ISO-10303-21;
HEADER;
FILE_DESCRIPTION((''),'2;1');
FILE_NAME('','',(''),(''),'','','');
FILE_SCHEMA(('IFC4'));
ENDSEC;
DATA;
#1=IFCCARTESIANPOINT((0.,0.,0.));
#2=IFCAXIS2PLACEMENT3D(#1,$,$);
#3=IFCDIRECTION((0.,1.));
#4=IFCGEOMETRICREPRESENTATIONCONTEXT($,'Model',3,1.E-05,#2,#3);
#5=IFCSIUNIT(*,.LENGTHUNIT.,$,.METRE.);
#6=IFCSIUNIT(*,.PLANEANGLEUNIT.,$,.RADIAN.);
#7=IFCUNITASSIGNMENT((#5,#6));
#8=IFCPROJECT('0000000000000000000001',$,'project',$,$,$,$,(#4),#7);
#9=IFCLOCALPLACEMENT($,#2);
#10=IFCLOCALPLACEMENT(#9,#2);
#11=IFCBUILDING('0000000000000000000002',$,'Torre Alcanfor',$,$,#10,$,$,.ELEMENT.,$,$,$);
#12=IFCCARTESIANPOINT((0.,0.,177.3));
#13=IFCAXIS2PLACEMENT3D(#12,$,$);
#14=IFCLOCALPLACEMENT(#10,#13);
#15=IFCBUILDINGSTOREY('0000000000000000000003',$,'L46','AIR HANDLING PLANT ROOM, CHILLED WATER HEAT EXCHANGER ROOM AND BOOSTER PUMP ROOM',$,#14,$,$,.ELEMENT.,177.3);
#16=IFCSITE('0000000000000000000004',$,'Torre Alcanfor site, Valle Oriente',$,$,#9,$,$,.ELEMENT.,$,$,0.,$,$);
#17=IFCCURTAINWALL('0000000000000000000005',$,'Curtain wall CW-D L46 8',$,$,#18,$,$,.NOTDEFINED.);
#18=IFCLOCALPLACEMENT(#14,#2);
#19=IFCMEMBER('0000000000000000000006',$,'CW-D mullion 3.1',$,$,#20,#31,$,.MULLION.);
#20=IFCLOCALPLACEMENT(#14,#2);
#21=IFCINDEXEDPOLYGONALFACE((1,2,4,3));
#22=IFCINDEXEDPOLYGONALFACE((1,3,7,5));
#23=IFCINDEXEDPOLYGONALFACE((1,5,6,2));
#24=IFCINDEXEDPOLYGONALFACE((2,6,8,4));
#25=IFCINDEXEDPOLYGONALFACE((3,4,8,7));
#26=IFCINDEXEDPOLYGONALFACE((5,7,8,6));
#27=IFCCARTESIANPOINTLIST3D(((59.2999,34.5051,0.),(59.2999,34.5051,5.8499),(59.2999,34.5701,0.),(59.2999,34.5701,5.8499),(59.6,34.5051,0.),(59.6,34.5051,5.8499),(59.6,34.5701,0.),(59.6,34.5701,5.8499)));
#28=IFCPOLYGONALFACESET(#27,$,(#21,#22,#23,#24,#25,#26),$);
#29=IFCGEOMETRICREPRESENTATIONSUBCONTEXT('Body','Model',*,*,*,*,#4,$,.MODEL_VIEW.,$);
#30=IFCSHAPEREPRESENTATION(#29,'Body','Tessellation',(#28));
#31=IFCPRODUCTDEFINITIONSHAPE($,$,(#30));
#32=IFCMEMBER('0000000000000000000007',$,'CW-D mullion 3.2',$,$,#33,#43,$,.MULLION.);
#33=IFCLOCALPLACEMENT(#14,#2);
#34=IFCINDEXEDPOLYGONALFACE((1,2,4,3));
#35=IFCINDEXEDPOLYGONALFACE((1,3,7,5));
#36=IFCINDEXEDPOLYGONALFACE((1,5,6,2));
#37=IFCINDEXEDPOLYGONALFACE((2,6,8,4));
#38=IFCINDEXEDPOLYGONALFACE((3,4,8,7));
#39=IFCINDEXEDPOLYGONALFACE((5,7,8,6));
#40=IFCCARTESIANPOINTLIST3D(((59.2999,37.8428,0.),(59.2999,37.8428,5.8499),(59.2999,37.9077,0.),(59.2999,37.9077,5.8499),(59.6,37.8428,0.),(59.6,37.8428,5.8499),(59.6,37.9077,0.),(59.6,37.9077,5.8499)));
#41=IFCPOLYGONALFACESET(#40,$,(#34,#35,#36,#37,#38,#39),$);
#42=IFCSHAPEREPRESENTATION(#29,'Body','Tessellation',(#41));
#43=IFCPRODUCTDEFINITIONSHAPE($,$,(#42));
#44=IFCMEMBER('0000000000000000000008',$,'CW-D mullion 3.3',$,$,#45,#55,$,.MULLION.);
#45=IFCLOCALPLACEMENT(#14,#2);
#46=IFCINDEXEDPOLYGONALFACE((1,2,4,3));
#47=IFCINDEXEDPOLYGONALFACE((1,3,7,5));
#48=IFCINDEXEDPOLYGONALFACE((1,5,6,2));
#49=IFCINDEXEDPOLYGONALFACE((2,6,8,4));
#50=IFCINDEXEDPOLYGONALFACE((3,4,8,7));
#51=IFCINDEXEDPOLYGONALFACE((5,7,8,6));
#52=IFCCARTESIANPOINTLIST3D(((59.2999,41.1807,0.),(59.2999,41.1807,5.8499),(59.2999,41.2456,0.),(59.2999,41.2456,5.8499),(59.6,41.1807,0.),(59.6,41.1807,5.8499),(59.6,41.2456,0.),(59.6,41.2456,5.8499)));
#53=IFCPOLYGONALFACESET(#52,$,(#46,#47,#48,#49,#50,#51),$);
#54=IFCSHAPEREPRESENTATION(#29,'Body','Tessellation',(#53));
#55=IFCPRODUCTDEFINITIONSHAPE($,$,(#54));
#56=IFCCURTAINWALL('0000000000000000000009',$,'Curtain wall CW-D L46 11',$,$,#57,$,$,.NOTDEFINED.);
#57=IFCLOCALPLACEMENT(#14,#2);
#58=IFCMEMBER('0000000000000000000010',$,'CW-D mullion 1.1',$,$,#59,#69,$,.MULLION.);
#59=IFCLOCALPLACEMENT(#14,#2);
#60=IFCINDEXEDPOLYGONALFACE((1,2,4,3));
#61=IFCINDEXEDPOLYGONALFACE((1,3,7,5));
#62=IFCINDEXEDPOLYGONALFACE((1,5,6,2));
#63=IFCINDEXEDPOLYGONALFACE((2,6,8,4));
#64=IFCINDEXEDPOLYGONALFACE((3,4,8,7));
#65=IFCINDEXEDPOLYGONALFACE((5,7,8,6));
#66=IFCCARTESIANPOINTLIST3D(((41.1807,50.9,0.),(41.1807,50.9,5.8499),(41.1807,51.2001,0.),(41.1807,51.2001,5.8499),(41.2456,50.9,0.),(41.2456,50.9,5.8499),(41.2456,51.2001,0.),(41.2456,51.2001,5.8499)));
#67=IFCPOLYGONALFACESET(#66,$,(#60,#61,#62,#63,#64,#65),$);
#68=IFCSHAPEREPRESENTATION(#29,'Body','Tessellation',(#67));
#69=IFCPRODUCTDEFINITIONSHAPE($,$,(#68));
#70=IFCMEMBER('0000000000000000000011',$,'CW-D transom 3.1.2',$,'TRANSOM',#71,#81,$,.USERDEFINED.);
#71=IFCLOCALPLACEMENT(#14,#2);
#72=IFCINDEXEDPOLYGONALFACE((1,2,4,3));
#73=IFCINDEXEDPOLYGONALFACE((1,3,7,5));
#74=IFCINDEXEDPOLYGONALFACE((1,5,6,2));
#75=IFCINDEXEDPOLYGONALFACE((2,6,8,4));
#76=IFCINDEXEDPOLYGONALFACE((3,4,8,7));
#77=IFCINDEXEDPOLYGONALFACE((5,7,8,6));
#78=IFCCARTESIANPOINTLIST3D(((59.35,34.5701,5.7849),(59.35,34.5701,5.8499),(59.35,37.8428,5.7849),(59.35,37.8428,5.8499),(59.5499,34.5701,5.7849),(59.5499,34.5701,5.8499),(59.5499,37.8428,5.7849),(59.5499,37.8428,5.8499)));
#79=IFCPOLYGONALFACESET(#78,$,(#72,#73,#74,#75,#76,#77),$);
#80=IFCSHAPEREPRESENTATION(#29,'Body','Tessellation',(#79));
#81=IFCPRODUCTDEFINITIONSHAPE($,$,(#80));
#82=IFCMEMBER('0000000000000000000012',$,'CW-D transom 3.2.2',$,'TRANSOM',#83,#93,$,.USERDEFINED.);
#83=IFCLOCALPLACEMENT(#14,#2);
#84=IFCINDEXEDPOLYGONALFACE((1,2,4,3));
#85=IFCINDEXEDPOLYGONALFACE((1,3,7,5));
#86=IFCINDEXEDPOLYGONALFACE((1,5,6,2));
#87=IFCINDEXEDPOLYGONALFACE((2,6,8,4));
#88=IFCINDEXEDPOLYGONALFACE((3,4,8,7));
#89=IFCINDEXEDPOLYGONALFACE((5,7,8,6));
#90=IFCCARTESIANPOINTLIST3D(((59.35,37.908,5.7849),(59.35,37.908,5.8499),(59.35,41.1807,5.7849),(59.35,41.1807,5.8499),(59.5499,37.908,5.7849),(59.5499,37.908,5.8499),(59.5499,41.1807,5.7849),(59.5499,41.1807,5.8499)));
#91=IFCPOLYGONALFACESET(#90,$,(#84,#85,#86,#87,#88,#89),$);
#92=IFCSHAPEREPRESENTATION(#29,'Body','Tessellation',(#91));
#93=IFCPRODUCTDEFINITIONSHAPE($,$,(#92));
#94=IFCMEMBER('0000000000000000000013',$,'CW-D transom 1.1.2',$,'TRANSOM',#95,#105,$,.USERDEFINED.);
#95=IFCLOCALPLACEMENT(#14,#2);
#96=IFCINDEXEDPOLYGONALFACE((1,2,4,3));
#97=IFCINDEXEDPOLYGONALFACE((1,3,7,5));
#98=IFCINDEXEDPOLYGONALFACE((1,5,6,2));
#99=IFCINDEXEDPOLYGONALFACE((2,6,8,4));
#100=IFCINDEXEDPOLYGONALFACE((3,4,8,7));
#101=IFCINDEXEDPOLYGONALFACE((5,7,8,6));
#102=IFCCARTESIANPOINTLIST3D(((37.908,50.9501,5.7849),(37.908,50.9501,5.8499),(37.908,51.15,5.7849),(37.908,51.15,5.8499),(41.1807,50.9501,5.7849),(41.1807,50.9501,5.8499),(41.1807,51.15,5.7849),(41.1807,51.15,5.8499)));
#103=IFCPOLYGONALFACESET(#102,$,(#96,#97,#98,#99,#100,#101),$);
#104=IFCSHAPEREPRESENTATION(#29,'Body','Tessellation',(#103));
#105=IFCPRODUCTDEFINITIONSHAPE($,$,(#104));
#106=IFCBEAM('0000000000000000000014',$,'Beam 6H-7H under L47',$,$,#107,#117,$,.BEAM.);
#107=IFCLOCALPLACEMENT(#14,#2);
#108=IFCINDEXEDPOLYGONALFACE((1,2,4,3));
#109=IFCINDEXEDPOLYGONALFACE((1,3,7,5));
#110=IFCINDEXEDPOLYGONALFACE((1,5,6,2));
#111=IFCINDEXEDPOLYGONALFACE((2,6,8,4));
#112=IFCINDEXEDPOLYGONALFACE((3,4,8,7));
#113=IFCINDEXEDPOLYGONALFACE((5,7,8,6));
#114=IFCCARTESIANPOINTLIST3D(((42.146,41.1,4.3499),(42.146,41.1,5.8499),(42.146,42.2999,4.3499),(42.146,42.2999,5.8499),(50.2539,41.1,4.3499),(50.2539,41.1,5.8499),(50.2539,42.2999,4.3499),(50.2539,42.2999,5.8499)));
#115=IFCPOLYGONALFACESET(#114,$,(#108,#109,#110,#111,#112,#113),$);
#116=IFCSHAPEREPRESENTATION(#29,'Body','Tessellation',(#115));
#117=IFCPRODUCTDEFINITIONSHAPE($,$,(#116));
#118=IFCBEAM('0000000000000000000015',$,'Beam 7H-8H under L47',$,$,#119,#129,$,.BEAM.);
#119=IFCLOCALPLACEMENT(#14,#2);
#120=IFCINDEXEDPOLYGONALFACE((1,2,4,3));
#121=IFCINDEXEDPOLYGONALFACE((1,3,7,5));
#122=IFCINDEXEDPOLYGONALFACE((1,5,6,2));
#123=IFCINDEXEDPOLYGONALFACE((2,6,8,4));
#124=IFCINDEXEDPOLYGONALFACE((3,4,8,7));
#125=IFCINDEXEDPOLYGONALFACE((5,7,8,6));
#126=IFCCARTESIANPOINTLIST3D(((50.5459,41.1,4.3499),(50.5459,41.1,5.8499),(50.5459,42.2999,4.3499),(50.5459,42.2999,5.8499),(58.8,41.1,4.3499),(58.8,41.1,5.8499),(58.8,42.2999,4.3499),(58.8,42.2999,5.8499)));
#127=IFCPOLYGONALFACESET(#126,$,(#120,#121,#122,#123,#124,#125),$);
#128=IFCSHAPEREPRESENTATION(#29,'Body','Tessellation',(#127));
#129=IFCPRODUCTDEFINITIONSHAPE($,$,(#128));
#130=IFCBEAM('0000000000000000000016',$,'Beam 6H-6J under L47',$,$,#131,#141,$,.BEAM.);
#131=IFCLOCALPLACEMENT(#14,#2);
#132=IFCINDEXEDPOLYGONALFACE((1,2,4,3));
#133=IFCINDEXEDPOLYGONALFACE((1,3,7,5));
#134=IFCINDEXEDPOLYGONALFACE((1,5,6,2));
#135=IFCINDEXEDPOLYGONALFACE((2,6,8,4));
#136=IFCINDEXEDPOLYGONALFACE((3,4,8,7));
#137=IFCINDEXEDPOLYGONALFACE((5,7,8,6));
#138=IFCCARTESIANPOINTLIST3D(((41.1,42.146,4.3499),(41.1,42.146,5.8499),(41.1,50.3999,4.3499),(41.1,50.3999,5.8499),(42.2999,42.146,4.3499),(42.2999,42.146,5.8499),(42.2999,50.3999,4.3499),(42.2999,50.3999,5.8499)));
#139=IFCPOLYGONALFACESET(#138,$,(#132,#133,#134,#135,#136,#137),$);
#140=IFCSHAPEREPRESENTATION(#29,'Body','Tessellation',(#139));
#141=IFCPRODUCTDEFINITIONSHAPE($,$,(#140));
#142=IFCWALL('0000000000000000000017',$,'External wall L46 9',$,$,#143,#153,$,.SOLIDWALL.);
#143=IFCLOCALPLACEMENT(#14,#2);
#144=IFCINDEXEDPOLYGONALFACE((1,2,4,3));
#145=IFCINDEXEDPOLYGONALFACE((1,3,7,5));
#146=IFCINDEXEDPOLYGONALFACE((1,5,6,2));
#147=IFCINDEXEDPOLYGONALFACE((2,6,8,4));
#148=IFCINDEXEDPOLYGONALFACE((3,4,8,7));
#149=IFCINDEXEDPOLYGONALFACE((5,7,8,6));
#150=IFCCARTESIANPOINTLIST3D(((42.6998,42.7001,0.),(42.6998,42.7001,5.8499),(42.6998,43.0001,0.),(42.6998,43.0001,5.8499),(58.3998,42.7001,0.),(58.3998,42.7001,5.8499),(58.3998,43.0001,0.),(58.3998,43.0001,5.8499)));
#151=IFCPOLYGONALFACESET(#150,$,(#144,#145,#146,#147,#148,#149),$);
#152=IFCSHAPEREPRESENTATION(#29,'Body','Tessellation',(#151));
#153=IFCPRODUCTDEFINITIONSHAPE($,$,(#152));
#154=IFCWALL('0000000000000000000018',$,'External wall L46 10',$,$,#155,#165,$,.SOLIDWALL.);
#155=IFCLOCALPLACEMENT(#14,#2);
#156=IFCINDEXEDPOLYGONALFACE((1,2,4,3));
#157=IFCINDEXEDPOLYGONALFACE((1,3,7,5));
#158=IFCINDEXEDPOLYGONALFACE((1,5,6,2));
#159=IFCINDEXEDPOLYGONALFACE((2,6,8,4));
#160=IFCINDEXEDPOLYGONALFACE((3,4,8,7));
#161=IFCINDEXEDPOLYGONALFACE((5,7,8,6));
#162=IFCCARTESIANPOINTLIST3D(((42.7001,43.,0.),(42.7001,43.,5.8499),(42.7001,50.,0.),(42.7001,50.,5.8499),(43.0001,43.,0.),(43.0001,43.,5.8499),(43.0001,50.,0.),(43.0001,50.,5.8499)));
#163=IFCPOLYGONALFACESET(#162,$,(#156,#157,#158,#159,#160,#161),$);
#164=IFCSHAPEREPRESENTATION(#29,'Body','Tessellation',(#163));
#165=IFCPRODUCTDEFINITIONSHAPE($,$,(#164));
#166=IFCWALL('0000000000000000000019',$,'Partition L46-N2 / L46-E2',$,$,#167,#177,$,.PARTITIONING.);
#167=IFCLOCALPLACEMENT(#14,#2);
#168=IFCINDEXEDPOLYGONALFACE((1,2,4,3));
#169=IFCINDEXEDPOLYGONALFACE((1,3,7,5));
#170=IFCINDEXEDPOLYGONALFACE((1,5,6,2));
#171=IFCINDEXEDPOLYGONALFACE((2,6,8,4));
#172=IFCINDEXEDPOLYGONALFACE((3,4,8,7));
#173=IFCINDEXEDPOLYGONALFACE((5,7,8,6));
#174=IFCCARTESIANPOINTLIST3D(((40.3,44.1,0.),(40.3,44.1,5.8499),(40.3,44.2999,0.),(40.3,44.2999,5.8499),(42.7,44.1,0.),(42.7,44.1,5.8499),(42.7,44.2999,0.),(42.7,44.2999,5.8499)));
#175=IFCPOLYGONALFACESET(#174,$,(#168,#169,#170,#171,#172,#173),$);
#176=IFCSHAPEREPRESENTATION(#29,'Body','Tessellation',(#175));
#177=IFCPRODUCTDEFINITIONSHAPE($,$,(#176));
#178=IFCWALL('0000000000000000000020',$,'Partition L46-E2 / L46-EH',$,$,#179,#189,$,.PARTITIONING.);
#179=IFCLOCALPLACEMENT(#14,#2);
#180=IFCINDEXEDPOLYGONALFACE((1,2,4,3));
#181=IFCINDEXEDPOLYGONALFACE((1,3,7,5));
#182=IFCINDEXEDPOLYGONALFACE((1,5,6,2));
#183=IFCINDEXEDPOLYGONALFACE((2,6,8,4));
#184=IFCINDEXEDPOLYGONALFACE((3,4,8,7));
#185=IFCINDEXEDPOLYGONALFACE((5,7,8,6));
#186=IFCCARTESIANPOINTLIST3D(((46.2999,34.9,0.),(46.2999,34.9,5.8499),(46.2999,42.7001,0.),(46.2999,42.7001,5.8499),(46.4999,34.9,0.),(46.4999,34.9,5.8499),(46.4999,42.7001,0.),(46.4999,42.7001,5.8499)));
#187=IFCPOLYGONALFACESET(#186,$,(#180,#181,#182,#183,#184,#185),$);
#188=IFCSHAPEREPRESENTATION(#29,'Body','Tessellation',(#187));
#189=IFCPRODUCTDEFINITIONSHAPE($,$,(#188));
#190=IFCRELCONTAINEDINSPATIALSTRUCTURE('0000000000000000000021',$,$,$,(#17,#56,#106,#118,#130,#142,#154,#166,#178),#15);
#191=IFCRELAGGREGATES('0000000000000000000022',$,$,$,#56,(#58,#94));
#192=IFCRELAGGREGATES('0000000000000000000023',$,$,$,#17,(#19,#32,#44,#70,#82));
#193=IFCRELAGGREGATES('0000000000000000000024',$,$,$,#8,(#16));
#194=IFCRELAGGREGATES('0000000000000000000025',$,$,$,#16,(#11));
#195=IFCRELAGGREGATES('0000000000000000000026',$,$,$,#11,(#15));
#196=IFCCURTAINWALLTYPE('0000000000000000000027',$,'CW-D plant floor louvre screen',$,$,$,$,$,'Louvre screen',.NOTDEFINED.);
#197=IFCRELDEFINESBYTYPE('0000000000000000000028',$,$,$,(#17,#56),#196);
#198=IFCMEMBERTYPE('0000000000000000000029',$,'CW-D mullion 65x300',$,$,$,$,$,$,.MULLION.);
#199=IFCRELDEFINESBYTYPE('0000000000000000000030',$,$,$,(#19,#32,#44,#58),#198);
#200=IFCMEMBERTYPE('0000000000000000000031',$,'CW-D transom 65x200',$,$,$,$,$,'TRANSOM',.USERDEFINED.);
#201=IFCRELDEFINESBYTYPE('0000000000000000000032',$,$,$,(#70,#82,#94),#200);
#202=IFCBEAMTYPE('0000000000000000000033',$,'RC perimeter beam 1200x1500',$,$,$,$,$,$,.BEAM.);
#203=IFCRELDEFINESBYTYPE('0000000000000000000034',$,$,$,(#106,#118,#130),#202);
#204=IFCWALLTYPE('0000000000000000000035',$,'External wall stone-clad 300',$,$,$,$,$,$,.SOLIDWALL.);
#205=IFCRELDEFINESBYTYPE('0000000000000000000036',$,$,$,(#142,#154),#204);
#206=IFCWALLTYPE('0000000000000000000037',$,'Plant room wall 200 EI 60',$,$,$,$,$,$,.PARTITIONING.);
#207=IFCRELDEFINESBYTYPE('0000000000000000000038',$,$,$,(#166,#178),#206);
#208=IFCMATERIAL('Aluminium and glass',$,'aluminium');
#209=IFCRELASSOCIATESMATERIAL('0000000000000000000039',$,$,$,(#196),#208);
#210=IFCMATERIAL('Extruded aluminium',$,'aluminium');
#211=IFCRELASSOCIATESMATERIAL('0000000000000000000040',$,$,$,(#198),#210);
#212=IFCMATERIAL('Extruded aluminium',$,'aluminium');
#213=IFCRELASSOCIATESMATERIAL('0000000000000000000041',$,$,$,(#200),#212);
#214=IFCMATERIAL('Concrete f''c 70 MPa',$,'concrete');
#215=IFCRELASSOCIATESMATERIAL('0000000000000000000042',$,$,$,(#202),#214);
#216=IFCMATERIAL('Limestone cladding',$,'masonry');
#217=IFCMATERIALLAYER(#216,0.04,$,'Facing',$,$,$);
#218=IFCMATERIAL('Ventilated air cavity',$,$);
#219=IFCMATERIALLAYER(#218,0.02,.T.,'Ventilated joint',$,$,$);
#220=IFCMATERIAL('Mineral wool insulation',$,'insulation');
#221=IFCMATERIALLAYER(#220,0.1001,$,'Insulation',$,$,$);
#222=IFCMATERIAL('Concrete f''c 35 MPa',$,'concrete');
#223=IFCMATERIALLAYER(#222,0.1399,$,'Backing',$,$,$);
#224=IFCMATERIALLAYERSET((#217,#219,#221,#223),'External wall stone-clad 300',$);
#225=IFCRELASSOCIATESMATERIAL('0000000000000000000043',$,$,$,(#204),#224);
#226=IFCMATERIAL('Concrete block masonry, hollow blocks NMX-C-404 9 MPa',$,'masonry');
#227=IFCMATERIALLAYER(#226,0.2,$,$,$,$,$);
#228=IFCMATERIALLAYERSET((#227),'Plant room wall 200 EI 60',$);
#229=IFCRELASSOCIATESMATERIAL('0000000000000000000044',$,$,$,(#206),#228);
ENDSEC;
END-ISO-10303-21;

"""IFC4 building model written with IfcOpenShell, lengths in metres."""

from ifc_helpers import new_model, si_unit, direction, frame, frame_2d, origin, origin_2d, place, context, subcontext, project, spatial, rectangle, extrude, material, layer, layer_set, material_profile, profile_set, type_object, element, aggregate, save


model = new_model("IFC4")

# Units and contexts
model_context = context("Model", 3, precision=1e-05, world=origin(), true_north=direction((0.0, 1.0)))
body_context = subcontext(model_context, "Body", "Model", "MODEL_VIEW")
ifc_project = project(units=[si_unit("LENGTHUNIT", "METRE"), si_unit("PLANEANGLEUNIT", "RADIAN")], contexts=[model_context])

# Site, building, storey
site_placement = place(None, origin())
site = spatial("IfcSite", under=ifc_project, at=site_placement, Name="Torre Alcanfor site, Valle Oriente", CompositionType="ELEMENT", RefElevation=0.0)
building_placement = place(site_placement, origin())
building = spatial("IfcBuilding", under=site, at=building_placement, Name="Torre Alcanfor", CompositionType="ELEMENT")
storey_placement = place(building_placement, frame((0.0, 0.0, 177.3)))
storey = spatial("IfcBuildingStorey", under=building, at=storey_placement, Name="L46", Description="AIR HANDLING PLANT ROOM, CHILLED WATER HEAT EXCHANGER ROOM AND BOOSTER PUMP ROOM", CompositionType="ELEMENT", Elevation=177.3)

# Curtain wall, members
ifc_material_1 = material(Name="Aluminium and glass", Category="aluminium")
curtain_wall_type = type_object("IfcCurtainWallType", Name="CW-D plant floor louvre screen", ElementType="Louvre screen", PredefinedType="NOTDEFINED", material=ifc_material_1)
curtain_wall_1_placement = place(storey_placement, origin())
curtain_wall_1 = element("IfcCurtainWall", 1, at=curtain_wall_1_placement, inside=storey, type_object=curtain_wall_type, Name="Curtain wall CW-D L46 8", PredefinedType="NOTDEFINED")
ifc_material_2 = material(Name="Extruded aluminium", Category="aluminium")
ifc_material_profile_1 = material_profile(ifc_material_2, rectangle(XDim=0.3, YDim=0.0649, at=origin_2d()), Name="CW-D mullion 65x300")
ifc_profile_set_1 = profile_set([ifc_material_profile_1], Name="Extruded aluminium")
member_type_1 = type_object("IfcMemberType", Name="CW-D mullion 65x300", PredefinedType="MULLION", material=ifc_profile_set_1)
member_1_placement = place(storey_placement, frame((59.45, 34.5376, 0.0), z_axis=(0.0, 0.0, 1.0), x_axis=(-1.0, 0.0, 0.0)))
member_1 = element("IfcMember", 2, at=member_1_placement, type_object=member_type_1, Name="CW-D mullion 3.1", PredefinedType="MULLION", context=body_context, shape_type="SweptSolid", body=[
    extrude(rectangle(XDim=0.3, YDim=0.0649, at=origin_2d()), origin(), (0.0, 0.0, 1.0), 5.8499),
])
member_2_placement = place(storey_placement, frame((59.45, 37.8752, 0.0), z_axis=(0.0, 0.0, 1.0), x_axis=(-1.0, 0.0, 0.0)))
member_2 = element("IfcMember", 3, at=member_2_placement, type_object=member_type_1, Name="CW-D mullion 3.2", PredefinedType="MULLION", context=body_context, shape_type="SweptSolid", body=[
    extrude(rectangle(XDim=0.3, YDim=0.0649, at=origin_2d()), origin(), (0.0, 0.0, 1.0), 5.8499),
])
member_3_placement = place(storey_placement, frame((59.45, 41.2131, 0.0), z_axis=(0.0, 0.0, 1.0), x_axis=(-1.0, 0.0, 0.0)))
member_3 = element("IfcMember", 4, at=member_3_placement, type_object=member_type_1, Name="CW-D mullion 3.3", PredefinedType="MULLION", context=body_context, shape_type="SweptSolid", body=[
    extrude(rectangle(XDim=0.3, YDim=0.0649, at=origin_2d()), origin(), (0.0, 0.0, 1.0), 5.8499),
])

# Curtain wall, member
curtain_wall_2_placement = place(storey_placement, origin())
curtain_wall_2 = element("IfcCurtainWall", 5, at=curtain_wall_2_placement, inside=storey, type_object=curtain_wall_type, Name="Curtain wall CW-D L46 11", PredefinedType="NOTDEFINED")
member_4_placement = place(storey_placement, frame((41.2131, 51.05, 0.0), z_axis=(0.0, 0.0, 1.0), x_axis=(0.0, -1.0, 0.0)))
member_4 = element("IfcMember", 6, at=member_4_placement, type_object=member_type_1, Name="CW-D mullion 1.1", PredefinedType="MULLION", context=body_context, shape_type="SweptSolid", body=[
    extrude(rectangle(XDim=0.3, YDim=0.0649, at=origin_2d()), origin(), (0.0, 0.0, 1.0), 5.8499),
])

# Members
ifc_material_3 = material(Name="Extruded aluminium", Category="aluminium")
ifc_material_profile_2 = material_profile(ifc_material_3, rectangle(XDim=0.2, YDim=0.0649, at=origin_2d()), Name="CW-D transom 200x65")
ifc_profile_set_2 = profile_set([ifc_material_profile_2], Name="Extruded aluminium")
member_type_2 = type_object("IfcMemberType", Name="CW-D transom 65x200", ElementType="TRANSOM", PredefinedType="USERDEFINED", material=ifc_profile_set_2)
member_5_placement = place(storey_placement, frame((59.45, 34.5701, 5.8174), z_axis=(0.0, 1.0, 0.0), x_axis=(-1.0, 0.0, 0.0)))
member_5 = element("IfcMember", 7, at=member_5_placement, type_object=member_type_2, Name="CW-D transom 3.1.2", ObjectType="TRANSOM", PredefinedType="USERDEFINED", context=body_context, shape_type="SweptSolid", body=[
    extrude(rectangle(XDim=0.2, YDim=0.0649, at=origin_2d()), origin(), (0.0, 0.0, 1.0), 3.2727),
])
member_6_placement = place(storey_placement, frame((59.45, 37.908, 5.8174), z_axis=(0.0, 1.0, 0.0), x_axis=(-1.0, 0.0, 0.0)))
member_6 = element("IfcMember", 8, at=member_6_placement, type_object=member_type_2, Name="CW-D transom 3.2.2", ObjectType="TRANSOM", PredefinedType="USERDEFINED", context=body_context, shape_type="SweptSolid", body=[
    extrude(rectangle(XDim=0.2, YDim=0.0649, at=origin_2d()), origin(), (0.0, 0.0, 1.0), 3.2727),
])
member_7_placement = place(storey_placement, frame((41.1807, 51.05, 5.8174), z_axis=(-1.0, 0.0, 0.0), x_axis=(0.0, -1.0, 0.0)))
member_7 = element("IfcMember", 9, at=member_7_placement, type_object=member_type_2, Name="CW-D transom 1.1.2", ObjectType="TRANSOM", PredefinedType="USERDEFINED", context=body_context, shape_type="SweptSolid", body=[
    extrude(rectangle(XDim=0.2, YDim=0.0649, at=origin_2d()), origin(), (0.0, 0.0, 1.0), 3.2727),
])
aggregate(curtain_wall_2, [member_4, member_7])

# Beams
ifc_material_4 = material(Name="Concrete f'c 70 MPa", Category="concrete")
ifc_material_profile_3 = material_profile(ifc_material_4, rectangle(XDim=1.2, YDim=1.5, at=origin_2d()), Name="1200x1500")
ifc_profile_set_3 = profile_set([ifc_material_profile_3], Name="Concrete f'c 70 MPa")
beam_type = type_object("IfcBeamType", Name="RC perimeter beam 1200x1500", PredefinedType="BEAM", material=ifc_profile_set_3)
beam_1_placement = place(storey_placement, frame((42.146, 41.7, 5.0999), z_axis=(1.0, 0.0, 0.0), x_axis=(0.0, 1.0, 0.0)))
element("IfcBeam", 10, at=beam_1_placement, inside=storey, type_object=beam_type, Name="Beam 6H-7H under L47", PredefinedType="BEAM", context=body_context, shape_type="SweptSolid", body=[
    extrude(rectangle(XDim=1.2, YDim=1.5, at=origin_2d()), origin(), (0.0, 0.0, 1.0), 8.1079),
])
beam_2_placement = place(storey_placement, frame((50.5459, 41.7, 5.0999), z_axis=(1.0, 0.0, 0.0), x_axis=(0.0, 1.0, 0.0)))
element("IfcBeam", 11, at=beam_2_placement, inside=storey, type_object=beam_type, Name="Beam 7H-8H under L47", PredefinedType="BEAM", context=body_context, shape_type="SweptSolid", body=[
    extrude(rectangle(XDim=1.2, YDim=1.5, at=origin_2d()), origin(), (0.0, 0.0, 1.0), 8.2542),
])
beam_3_placement = place(storey_placement, frame((41.7, 42.146, 5.0999), z_axis=(0.0, 1.0, 0.0), x_axis=(-1.0, 0.0, 0.0)))
element("IfcBeam", 12, at=beam_3_placement, inside=storey, type_object=beam_type, Name="Beam 6H-6J under L47", PredefinedType="BEAM", context=body_context, shape_type="SweptSolid", body=[
    extrude(rectangle(XDim=1.2, YDim=1.5, at=origin_2d()), origin(), (0.0, 0.0, 1.0), 8.2539),
])

# Walls
ifc_material_5 = material(Name="Limestone cladding", Category="masonry")
ifc_layer_1 = layer(ifc_material_5, 0.04, Name="Facing")
ifc_material_6 = material(Name="Ventilated air cavity")
ifc_layer_2 = layer(ifc_material_6, 0.02, ventilated=True, Name="Ventilated joint")
ifc_material_7 = material(Name="Mineral wool insulation", Category="insulation")
ifc_layer_3 = layer(ifc_material_7, 0.1001, Name="Insulation")
ifc_material_8 = material(Name="Concrete f'c 35 MPa", Category="concrete")
ifc_layer_4 = layer(ifc_material_8, 0.1399, Name="Backing")
ifc_layer_set_1 = layer_set([ifc_layer_1, ifc_layer_2, ifc_layer_3, ifc_layer_4], Name="External wall stone-clad 300")
wall_type_1 = type_object("IfcWallType", Name="External wall stone-clad 300", PredefinedType="SOLIDWALL", material=ifc_layer_set_1)
wall_1_placement = place(storey_placement, frame((58.3999, 42.8501, 0.0), z_axis=(0.0, 0.0, 1.0), x_axis=(-1.0, 0.0, 0.0)))
element("IfcWall", 13, at=wall_1_placement, inside=storey, type_object=wall_type_1, Name="External wall L46 9", PredefinedType="SOLIDWALL", context=body_context, shape_type="SweptSolid", body=[
    extrude(rectangle(XDim=15.7, YDim=0.3, at=frame_2d((7.8501, 0.0))), origin(), (0.0, 0.0, 1.0), 5.8499),
])
wall_2_placement = place(storey_placement, frame((42.8501, 43.0, 0.0), z_axis=(0.0, 0.0, 1.0), x_axis=(0.0, 1.0, 0.0)))
element("IfcWall", 14, at=wall_2_placement, inside=storey, type_object=wall_type_1, Name="External wall L46 10", PredefinedType="SOLIDWALL", context=body_context, shape_type="SweptSolid", body=[
    extrude(rectangle(XDim=7.0, YDim=0.3, at=frame_2d((3.5, 0.0))), origin(), (0.0, 0.0, 1.0), 5.8499),
])
ifc_material_9 = material(Name="Concrete block masonry, hollow blocks NMX-C-404 9 MPa", Category="masonry")
ifc_layer_5 = layer(ifc_material_9, 0.2)
ifc_layer_set_2 = layer_set([ifc_layer_5], Name="Plant room wall 200 EI 60")
wall_type_2 = type_object("IfcWallType", Name="Plant room wall 200 EI 60", PredefinedType="PARTITIONING", material=ifc_layer_set_2)
wall_3_placement = place(storey_placement, frame((42.7, 44.2, 0.0), z_axis=(0.0, 0.0, 1.0), x_axis=(-1.0, 0.0, 0.0)))
element("IfcWall", 15, at=wall_3_placement, inside=storey, type_object=wall_type_2, Name="Partition L46-N2 / L46-E2", PredefinedType="PARTITIONING", context=body_context, shape_type="SweptSolid", body=[
    extrude(rectangle(XDim=2.3999, YDim=0.2, at=frame_2d((1.2, 0.0))), origin(), (0.0, 0.0, 1.0), 5.8499),
])
wall_4_placement = place(storey_placement, frame((46.3999, 42.7, 0.0), z_axis=(0.0, 0.0, 1.0), x_axis=(0.0, -1.0, 0.0)))
element("IfcWall", 16, at=wall_4_placement, inside=storey, type_object=wall_type_2, Name="Partition L46-E2 / L46-EH", PredefinedType="PARTITIONING", context=body_context, shape_type="SweptSolid", body=[
    extrude(rectangle(XDim=7.8, YDim=0.2, at=frame_2d((3.8999, 0.0))), origin(), (0.0, 0.0, 1.0), 5.8499),
])

aggregate(curtain_wall_1, [member_1, member_2, member_3, member_5, member_6])

save(model, "model.ifc")
